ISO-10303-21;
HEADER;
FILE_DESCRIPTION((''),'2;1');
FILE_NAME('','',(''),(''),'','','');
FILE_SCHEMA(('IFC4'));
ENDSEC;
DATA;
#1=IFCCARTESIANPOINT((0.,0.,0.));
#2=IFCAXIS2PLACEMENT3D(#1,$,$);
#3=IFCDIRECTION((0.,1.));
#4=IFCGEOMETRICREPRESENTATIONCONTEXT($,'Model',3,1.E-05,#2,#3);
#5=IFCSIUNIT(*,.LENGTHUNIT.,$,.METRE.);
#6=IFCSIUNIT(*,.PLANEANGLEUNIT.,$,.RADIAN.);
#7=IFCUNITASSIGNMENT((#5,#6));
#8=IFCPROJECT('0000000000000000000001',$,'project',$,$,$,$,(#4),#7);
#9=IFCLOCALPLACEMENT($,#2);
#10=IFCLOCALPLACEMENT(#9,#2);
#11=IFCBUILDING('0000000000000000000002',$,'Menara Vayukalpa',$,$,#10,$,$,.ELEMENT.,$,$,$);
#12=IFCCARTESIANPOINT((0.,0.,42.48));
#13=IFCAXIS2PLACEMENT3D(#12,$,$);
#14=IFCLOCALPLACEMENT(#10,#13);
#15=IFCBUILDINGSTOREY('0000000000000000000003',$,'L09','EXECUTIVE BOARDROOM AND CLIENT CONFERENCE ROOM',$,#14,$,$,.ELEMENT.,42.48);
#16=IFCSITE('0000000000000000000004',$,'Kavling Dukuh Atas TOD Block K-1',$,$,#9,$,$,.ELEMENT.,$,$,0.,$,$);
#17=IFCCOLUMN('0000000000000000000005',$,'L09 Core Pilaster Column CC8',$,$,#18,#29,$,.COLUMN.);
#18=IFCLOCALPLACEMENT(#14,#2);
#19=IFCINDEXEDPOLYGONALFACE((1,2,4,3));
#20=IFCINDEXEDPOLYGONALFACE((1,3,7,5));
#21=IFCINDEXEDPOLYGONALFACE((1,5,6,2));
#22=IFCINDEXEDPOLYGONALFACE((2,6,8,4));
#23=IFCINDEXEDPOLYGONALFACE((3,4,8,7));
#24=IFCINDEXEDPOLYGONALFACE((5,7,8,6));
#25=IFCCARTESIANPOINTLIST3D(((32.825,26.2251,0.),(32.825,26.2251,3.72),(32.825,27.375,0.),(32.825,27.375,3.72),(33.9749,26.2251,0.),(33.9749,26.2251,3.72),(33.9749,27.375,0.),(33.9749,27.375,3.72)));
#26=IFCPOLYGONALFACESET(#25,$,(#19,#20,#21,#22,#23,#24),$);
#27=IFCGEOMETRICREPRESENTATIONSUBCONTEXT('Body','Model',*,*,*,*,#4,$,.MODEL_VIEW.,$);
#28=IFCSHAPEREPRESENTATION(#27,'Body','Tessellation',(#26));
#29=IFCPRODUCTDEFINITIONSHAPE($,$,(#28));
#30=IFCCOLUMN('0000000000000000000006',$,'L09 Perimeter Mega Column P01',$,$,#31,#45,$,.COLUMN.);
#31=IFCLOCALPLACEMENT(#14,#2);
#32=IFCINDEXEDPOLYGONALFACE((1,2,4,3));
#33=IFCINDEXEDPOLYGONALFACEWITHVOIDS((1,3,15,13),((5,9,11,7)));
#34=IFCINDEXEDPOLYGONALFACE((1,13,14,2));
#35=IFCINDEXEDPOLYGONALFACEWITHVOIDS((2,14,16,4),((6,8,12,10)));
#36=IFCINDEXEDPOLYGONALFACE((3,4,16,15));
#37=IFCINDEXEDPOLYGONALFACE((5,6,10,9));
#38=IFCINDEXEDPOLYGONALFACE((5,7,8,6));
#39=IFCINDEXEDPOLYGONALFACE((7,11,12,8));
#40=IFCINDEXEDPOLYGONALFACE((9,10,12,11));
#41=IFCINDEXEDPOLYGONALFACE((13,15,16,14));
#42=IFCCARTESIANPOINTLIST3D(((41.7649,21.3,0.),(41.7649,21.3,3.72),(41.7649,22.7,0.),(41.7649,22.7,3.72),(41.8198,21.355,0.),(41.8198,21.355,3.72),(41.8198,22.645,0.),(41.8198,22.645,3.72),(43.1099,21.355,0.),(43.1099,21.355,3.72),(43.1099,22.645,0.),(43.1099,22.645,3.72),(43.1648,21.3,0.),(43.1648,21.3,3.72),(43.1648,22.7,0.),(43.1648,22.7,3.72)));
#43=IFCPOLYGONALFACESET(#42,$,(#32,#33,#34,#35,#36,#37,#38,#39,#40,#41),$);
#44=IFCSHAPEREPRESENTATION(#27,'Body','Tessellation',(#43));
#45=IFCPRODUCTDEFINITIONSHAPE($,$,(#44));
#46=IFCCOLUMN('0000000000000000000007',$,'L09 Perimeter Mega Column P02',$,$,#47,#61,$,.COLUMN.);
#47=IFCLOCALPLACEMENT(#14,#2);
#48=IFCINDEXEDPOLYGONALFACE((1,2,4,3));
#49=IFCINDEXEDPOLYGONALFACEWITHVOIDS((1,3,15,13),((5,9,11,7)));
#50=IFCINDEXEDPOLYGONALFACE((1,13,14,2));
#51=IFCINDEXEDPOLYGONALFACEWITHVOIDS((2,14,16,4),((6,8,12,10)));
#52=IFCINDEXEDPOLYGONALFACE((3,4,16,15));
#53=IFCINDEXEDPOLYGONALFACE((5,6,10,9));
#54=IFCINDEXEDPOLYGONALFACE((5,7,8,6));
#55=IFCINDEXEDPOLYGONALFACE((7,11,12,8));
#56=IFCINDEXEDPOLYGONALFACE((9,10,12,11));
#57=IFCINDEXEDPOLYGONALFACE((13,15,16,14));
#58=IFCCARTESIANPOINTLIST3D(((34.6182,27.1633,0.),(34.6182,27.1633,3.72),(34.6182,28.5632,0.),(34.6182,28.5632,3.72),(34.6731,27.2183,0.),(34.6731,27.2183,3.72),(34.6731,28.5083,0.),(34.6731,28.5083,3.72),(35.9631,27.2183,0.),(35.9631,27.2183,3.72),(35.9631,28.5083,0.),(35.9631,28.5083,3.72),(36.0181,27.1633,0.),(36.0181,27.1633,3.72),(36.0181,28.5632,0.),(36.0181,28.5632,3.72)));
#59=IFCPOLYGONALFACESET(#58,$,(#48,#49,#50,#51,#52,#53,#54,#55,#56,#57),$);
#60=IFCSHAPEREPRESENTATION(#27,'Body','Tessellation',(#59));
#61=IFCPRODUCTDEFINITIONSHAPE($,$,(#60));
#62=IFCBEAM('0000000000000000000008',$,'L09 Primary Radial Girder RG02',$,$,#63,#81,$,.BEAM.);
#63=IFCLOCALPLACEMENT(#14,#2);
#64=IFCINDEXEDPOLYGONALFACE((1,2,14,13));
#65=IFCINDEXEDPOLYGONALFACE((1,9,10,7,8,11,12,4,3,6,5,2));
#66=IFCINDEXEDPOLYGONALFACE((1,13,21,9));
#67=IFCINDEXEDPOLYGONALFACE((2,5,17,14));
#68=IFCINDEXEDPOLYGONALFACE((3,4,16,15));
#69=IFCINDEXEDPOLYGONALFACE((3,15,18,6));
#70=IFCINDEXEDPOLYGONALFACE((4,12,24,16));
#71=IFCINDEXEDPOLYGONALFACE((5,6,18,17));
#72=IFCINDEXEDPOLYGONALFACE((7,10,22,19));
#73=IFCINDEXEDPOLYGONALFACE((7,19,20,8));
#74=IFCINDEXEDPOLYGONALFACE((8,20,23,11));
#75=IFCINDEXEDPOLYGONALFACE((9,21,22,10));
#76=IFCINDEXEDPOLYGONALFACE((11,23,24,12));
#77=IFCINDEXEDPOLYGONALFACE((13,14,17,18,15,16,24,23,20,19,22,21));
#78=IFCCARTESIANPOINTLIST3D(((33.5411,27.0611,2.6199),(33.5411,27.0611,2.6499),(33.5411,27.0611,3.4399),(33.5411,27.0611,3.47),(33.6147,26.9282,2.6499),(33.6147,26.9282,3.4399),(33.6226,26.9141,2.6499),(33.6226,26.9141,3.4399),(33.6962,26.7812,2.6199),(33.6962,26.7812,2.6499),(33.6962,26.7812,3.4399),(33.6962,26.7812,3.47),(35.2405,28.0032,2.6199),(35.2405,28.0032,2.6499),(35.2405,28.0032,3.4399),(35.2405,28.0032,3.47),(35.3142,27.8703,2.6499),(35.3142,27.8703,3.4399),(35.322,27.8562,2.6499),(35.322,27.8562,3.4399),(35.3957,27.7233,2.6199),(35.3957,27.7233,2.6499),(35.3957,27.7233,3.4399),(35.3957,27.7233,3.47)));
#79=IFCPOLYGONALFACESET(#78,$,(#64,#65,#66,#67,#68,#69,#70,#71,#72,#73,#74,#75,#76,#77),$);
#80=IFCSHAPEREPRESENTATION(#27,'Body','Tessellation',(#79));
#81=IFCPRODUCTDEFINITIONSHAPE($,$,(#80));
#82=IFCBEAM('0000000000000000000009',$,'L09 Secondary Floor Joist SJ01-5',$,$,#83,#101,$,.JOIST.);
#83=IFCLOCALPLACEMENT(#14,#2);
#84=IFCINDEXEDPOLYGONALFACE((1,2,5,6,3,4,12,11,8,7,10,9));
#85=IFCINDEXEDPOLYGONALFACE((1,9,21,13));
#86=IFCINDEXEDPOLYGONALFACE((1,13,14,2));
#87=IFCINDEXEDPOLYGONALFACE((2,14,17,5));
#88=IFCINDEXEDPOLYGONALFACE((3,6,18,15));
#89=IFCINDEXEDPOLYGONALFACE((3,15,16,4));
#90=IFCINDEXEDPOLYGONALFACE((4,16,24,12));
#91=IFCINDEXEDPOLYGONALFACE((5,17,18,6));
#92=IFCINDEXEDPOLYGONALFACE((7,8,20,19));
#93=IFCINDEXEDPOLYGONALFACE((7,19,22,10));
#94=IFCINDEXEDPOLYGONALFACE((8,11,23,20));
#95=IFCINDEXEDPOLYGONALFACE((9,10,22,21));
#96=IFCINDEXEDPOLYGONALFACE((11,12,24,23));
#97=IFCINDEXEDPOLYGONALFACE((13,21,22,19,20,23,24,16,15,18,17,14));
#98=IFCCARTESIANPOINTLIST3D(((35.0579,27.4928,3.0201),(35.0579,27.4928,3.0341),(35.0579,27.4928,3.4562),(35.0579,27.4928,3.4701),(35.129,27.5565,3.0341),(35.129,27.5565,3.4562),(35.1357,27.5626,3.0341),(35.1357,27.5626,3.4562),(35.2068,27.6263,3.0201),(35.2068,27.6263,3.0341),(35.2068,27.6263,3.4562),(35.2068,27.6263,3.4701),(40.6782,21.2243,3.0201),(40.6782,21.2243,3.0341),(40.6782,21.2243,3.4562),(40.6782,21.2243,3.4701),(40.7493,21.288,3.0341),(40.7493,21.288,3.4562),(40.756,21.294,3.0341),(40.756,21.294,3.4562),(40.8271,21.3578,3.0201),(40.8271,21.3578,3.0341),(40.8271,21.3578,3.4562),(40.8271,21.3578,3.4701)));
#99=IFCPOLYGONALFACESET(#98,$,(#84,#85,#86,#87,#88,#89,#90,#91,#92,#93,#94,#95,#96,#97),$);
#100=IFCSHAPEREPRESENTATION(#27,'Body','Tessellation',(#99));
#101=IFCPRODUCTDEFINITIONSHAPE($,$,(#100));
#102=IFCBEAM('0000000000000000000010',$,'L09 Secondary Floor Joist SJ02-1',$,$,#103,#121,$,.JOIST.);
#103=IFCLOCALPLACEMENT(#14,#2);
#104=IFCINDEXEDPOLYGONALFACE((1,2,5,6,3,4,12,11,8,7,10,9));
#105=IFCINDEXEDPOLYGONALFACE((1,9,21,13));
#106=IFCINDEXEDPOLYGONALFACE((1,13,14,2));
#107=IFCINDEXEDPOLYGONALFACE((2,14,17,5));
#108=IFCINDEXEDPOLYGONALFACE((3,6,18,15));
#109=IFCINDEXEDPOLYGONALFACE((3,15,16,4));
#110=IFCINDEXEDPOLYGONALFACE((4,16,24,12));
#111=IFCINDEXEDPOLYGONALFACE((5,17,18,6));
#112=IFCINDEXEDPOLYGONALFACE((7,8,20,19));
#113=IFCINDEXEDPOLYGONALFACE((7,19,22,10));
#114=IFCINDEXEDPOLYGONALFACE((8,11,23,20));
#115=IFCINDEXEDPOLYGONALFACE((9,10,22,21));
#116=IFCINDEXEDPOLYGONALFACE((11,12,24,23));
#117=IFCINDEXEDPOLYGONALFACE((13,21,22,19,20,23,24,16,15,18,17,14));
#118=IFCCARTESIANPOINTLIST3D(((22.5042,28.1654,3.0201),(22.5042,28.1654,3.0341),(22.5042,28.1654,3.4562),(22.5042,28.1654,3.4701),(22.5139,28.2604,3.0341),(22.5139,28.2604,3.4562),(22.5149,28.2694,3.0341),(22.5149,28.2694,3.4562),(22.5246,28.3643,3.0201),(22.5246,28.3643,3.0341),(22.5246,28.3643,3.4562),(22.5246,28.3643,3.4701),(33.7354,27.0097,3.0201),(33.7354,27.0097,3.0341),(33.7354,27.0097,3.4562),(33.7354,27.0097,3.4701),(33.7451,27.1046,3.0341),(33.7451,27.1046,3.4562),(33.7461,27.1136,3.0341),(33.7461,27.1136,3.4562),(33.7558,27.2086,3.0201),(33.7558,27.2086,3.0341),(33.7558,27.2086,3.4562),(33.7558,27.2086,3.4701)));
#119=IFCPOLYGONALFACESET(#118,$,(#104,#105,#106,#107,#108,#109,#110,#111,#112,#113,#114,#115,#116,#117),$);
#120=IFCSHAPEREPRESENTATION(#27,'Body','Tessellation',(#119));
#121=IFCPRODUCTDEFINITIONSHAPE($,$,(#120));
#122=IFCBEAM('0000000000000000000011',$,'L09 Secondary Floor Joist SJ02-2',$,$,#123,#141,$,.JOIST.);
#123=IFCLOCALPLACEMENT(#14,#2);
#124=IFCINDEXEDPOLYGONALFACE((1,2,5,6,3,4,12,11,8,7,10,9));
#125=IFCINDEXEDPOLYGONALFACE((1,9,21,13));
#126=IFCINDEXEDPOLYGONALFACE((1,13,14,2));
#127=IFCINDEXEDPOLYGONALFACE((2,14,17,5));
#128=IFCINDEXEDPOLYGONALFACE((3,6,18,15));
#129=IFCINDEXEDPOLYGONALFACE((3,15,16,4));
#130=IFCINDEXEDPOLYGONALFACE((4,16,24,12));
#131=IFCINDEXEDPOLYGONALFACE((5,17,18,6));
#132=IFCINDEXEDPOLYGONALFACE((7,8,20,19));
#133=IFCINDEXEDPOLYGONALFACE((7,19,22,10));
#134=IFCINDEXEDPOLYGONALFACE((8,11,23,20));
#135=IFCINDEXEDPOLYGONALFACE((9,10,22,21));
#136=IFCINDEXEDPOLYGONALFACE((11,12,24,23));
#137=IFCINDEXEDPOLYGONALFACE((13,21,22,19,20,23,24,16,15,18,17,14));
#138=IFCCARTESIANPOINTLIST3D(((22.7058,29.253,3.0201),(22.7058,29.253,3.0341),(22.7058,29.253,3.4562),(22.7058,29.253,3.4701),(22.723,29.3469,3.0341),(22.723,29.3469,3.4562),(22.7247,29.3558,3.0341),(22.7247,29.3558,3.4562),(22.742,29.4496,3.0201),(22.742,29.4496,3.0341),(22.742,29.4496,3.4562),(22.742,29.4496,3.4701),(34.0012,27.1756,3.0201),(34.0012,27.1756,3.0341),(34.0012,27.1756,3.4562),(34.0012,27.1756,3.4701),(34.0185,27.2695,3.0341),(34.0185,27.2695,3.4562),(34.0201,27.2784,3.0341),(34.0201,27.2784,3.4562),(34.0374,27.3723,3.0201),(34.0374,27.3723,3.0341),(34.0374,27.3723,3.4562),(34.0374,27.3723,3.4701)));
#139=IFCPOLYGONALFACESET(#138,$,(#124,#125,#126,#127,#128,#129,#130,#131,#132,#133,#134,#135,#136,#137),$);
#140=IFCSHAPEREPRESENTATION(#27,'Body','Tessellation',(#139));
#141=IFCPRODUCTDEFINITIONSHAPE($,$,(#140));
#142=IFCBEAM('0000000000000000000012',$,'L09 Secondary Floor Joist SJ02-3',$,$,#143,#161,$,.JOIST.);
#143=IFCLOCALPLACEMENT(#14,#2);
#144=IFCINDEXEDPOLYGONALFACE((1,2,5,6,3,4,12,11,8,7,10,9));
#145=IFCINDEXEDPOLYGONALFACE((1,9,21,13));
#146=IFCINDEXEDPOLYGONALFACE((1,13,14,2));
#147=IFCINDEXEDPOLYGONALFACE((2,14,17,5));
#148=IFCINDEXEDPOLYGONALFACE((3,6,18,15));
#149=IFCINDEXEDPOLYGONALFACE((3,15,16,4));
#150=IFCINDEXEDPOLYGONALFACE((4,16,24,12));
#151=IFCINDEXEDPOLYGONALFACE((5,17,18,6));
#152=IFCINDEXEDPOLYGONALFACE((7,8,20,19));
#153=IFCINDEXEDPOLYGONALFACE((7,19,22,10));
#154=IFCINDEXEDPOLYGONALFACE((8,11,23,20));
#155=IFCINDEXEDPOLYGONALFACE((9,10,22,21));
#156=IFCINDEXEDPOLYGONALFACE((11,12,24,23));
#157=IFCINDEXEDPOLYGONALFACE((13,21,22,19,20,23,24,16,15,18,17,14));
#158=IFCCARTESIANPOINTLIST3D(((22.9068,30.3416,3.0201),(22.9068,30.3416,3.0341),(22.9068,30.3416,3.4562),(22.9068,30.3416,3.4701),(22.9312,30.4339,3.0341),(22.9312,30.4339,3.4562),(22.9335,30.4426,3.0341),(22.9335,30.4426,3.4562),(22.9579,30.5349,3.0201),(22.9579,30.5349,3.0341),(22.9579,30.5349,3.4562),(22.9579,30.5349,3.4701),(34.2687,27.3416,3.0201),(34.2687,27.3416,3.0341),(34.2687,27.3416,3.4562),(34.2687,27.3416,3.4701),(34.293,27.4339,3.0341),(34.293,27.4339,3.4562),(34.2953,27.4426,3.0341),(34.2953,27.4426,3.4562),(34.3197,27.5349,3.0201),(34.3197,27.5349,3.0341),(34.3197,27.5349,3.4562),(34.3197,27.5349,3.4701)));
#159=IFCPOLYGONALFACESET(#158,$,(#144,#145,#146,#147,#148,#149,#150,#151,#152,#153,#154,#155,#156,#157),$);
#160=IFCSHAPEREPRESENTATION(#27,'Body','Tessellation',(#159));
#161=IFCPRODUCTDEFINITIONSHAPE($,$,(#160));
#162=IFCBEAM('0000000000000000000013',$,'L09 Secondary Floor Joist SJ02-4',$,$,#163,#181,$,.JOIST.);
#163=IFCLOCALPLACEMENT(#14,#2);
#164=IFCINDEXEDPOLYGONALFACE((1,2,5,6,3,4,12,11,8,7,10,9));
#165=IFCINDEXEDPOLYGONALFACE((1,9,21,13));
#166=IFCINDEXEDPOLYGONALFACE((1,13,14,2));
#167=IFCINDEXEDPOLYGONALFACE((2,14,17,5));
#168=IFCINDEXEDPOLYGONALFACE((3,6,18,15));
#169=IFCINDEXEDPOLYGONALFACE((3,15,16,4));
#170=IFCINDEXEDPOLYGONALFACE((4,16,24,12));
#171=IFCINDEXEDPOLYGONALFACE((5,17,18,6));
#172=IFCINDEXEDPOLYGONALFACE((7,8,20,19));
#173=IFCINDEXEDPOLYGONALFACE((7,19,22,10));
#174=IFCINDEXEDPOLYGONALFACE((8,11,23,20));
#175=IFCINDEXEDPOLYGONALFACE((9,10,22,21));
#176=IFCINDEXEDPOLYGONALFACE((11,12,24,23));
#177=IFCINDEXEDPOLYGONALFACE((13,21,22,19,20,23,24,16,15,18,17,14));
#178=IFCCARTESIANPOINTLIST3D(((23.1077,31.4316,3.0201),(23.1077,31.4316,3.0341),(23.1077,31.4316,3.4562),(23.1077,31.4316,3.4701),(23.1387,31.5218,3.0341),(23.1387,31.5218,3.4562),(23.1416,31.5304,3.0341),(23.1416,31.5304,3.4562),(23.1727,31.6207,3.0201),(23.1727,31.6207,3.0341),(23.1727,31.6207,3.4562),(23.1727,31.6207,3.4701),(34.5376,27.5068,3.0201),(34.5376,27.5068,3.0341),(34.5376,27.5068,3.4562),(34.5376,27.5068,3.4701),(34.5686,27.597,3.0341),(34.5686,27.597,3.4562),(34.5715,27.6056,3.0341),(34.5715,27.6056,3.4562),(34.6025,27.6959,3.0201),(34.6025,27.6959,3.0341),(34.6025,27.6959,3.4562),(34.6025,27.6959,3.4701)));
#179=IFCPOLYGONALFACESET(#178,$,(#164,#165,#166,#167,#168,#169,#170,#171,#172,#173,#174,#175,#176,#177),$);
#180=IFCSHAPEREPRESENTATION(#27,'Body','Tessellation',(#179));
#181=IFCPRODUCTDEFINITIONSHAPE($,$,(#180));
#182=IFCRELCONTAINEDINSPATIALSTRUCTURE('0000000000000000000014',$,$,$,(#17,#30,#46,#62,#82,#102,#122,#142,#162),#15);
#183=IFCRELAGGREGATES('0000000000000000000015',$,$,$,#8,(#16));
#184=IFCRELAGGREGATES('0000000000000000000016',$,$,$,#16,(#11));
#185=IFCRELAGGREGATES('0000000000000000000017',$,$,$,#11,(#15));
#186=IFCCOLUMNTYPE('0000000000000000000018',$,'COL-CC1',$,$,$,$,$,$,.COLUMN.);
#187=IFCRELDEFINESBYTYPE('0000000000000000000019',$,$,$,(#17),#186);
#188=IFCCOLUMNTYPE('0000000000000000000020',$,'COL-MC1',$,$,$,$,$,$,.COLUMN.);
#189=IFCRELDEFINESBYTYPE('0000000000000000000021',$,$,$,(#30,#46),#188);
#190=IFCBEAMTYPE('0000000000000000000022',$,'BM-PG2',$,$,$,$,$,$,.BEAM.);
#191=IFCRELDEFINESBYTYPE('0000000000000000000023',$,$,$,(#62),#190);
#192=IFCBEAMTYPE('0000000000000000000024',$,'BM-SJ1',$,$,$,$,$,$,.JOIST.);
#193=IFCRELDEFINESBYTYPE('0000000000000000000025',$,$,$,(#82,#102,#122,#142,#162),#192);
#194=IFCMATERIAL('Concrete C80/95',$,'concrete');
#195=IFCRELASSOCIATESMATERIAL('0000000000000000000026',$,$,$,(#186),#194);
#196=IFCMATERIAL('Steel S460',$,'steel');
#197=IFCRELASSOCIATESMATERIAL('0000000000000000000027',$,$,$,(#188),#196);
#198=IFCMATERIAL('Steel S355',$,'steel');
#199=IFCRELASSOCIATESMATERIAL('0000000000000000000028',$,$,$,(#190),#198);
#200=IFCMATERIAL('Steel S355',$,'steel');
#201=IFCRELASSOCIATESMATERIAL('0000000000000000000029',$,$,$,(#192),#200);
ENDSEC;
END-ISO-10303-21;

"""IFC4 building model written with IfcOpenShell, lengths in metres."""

from ifc_helpers import new_model, si_unit, direction, frame, origin, origin_2d, place, context, subcontext, project, spatial, rectangle, hollow_rectangle, i_section, extrude, material, material_profile, profile_set, type_object, element, save


model = new_model("IFC4")

# Units and contexts
model_context = context("Model", 3, precision=1e-05, world=origin(), true_north=direction((0.0, 1.0)))
body_context = subcontext(model_context, "Body", "Model", "MODEL_VIEW")
ifc_project = project(units=[si_unit("LENGTHUNIT", "METRE"), si_unit("PLANEANGLEUNIT", "RADIAN")], contexts=[model_context])

# Site, building, storey
site_placement = place(None, origin())
site = spatial("IfcSite", under=ifc_project, at=site_placement, Name="Kavling Dukuh Atas TOD Block K-1", CompositionType="ELEMENT", RefElevation=0.0)
building_placement = place(site_placement, origin())
building = spatial("IfcBuilding", under=site, at=building_placement, Name="Menara Vayukalpa", CompositionType="ELEMENT")
storey_placement = place(building_placement, frame((0.0, 0.0, 42.48)))
storey = spatial("IfcBuildingStorey", under=building, at=storey_placement, Name="L09", Description="EXECUTIVE BOARDROOM AND CLIENT CONFERENCE ROOM", CompositionType="ELEMENT", Elevation=42.48)

# Columns
ifc_material_1 = material(Name="Concrete C80/95", Category="concrete")
ifc_material_profile_1 = material_profile(ifc_material_1, rectangle(XDim=1.1499, YDim=1.1499, at=origin_2d()), Name="RC 1150x1150")
ifc_profile_set_1 = profile_set([ifc_material_profile_1], Name="Concrete C80/95")
column_type_1 = type_object("IfcColumnType", Name="COL-CC1", PredefinedType="COLUMN", material=ifc_profile_set_1)
column_placement = place(storey_placement, frame((33.3999, 26.8, 0.0), z_axis=(0.0, 0.0, 1.0), x_axis=(1.0, 0.0, 0.0)))
element("IfcColumn", 1, at=column_placement, inside=storey, type_object=column_type_1, Name="L09 Core Pilaster Column CC8", PredefinedType="COLUMN", context=body_context, shape_type="SweptSolid", body=[
    extrude(rectangle(XDim=1.1499, YDim=1.1499, at=origin_2d()), origin(), (0.0, 0.0, 1.0), 3.72),
])
ifc_material_2 = material(Name="Steel S460", Category="steel")
ifc_material_profile_2 = material_profile(ifc_material_2, hollow_rectangle(XDim=1.3999, YDim=1.3999, WallThickness=0.0549, at=origin_2d()), Name="BOX 1400x1400x55")
ifc_profile_set_2 = profile_set([ifc_material_profile_2], Name="Steel S460")
column_type_2 = type_object("IfcColumnType", Name="COL-MC1", PredefinedType="COLUMN", material=ifc_profile_set_2)
for number, where, z_axis, x_axis, name in (
    (2, (42.4648, 22.0, 0.0), (0.0, 0.0, 1.0), (1.0, 0.0, 0.0), "L09 Perimeter Mega Column P01"),
    (3, (35.3181, 27.8633, 0.0), (0.0, 0.0, 1.0), (1.0, 0.0, 0.0), "L09 Perimeter Mega Column P02"),
):
    element("IfcColumn", number, at=place(storey_placement, frame(where, z_axis=z_axis, x_axis=x_axis)), inside=storey, type_object=column_type_2, Name=name, PredefinedType="COLUMN", context=body_context, shape_type="SweptSolid", body=[
        extrude(hollow_rectangle(XDim=1.3999, YDim=1.3999, WallThickness=0.0549, at=origin_2d()), origin(), (0.0, 0.0, 1.0), 3.72),
    ])

# Beams
ifc_material_3 = material(Name="Steel S355", Category="steel")
ifc_material_profile_3 = material_profile(ifc_material_3, i_section(OverallWidth=0.3201, OverallDepth=0.8501, WebThickness=0.0161, FlangeThickness=0.03, at=origin_2d()), Name="WF 850x320x16x30")
ifc_profile_set_3 = profile_set([ifc_material_profile_3], Name="Steel S355")
beam_type_1 = type_object("IfcBeamType", Name="BM-PG2", PredefinedType="BEAM", material=ifc_profile_set_3)
beam_1_placement = place(storey_placement, frame((33.6187, 26.9211, 3.0449), z_axis=(0.874595, 0.484853, 0.0), x_axis=(-0.484853, 0.874595, 0.0)))
element("IfcBeam", 4, at=beam_1_placement, inside=storey, type_object=beam_type_1, Name="L09 Primary Radial Girder RG02", PredefinedType="BEAM", context=body_context, shape_type="SweptSolid", body=[
    extrude(i_section(OverallWidth=0.3201, OverallDepth=0.8501, WebThickness=0.0161, FlangeThickness=0.03, at=origin_2d()), origin(), (0.0, 0.0, 1.0), 1.9431),
])
ifc_material_4 = material(Name="Steel S355", Category="steel")
ifc_material_profile_4 = material_profile(ifc_material_4, i_section(OverallWidth=0.2, OverallDepth=0.45, WebThickness=0.009, FlangeThickness=0.0139, at=origin_2d()), Name="WF 450x200x9x14")
ifc_profile_set_4 = profile_set([ifc_material_profile_4], Name="Steel S355")
beam_type_2 = type_object("IfcBeamType", Name="BM-SJ1", PredefinedType="JOIST", material=ifc_profile_set_4)
beam_2_placement = place(storey_placement, frame((40.7527, 21.291, 3.2451), z_axis=(-0.667563, 0.744553, 0.0), x_axis=(-0.744553, -0.667563, 0.0)))
element("IfcBeam", 5, at=beam_2_placement, inside=storey, type_object=beam_type_2, Name="L09 Secondary Floor Joist SJ01-5", PredefinedType="JOIST", context=body_context, shape_type="SweptSolid", body=[
    extrude(i_section(OverallWidth=0.2, OverallDepth=0.45, WebThickness=0.009, FlangeThickness=0.0139, at=origin_2d()), origin(), (0.0, 0.0, 1.0), 8.4192),
])
beam_3_placement = place(storey_placement, frame((33.7456, 27.1091, 3.2451), z_axis=(-0.994747, 0.102366, 0.0), x_axis=(-0.102366, -0.994747, 0.0)))
element("IfcBeam", 6, at=beam_3_placement, inside=storey, type_object=beam_type_2, Name="L09 Secondary Floor Joist SJ02-1", PredefinedType="JOIST", context=body_context, shape_type="SweptSolid", body=[
    extrude(i_section(OverallWidth=0.2, OverallDepth=0.45, WebThickness=0.009, FlangeThickness=0.0139, at=origin_2d()), origin(), (0.0, 0.0, 1.0), 11.2905),
])
beam_4_placement = place(storey_placement, frame((34.0193, 27.2739, 3.2451), z_axis=(-0.983505, 0.180881, 0.0), x_axis=(-0.180881, -0.983505, 0.0)))
element("IfcBeam", 7, at=beam_4_placement, inside=storey, type_object=beam_type_2, Name="L09 Secondary Floor Joist SJ02-2", PredefinedType="JOIST", context=body_context, shape_type="SweptSolid", body=[
    extrude(i_section(OverallWidth=0.2, OverallDepth=0.45, WebThickness=0.009, FlangeThickness=0.0139, at=origin_2d()), origin(), (0.0, 0.0, 1.0), 11.4849),
])
beam_5_placement = place(storey_placement, frame((34.2942, 27.4382, 3.2451), z_axis=(-0.966864, 0.255293, 0.0), x_axis=(-0.255293, -0.966864, 0.0)))
element("IfcBeam", 8, at=beam_5_placement, inside=storey, type_object=beam_type_2, Name="L09 Secondary Floor Joist SJ02-3", PredefinedType="JOIST", context=body_context, shape_type="SweptSolid", body=[
    extrude(i_section(OverallWidth=0.2, OverallDepth=0.45, WebThickness=0.009, FlangeThickness=0.0139, at=origin_2d()), origin(), (0.0, 0.0, 1.0), 11.7512),
])
beam_6_placement = place(storey_placement, frame((34.5701, 27.6013, 3.2451), z_axis=(-0.945794, 0.324766, 0.0), x_axis=(-0.324766, -0.945794, 0.0)))
element("IfcBeam", 9, at=beam_6_placement, inside=storey, type_object=beam_type_2, Name="L09 Secondary Floor Joist SJ02-4", PredefinedType="JOIST", context=body_context, shape_type="SweptSolid", body=[
    extrude(i_section(OverallWidth=0.2, OverallDepth=0.45, WebThickness=0.009, FlangeThickness=0.0139, at=origin_2d()), origin(), (0.0, 0.0, 1.0), 12.085),
])

save(model, "model.ifc")
